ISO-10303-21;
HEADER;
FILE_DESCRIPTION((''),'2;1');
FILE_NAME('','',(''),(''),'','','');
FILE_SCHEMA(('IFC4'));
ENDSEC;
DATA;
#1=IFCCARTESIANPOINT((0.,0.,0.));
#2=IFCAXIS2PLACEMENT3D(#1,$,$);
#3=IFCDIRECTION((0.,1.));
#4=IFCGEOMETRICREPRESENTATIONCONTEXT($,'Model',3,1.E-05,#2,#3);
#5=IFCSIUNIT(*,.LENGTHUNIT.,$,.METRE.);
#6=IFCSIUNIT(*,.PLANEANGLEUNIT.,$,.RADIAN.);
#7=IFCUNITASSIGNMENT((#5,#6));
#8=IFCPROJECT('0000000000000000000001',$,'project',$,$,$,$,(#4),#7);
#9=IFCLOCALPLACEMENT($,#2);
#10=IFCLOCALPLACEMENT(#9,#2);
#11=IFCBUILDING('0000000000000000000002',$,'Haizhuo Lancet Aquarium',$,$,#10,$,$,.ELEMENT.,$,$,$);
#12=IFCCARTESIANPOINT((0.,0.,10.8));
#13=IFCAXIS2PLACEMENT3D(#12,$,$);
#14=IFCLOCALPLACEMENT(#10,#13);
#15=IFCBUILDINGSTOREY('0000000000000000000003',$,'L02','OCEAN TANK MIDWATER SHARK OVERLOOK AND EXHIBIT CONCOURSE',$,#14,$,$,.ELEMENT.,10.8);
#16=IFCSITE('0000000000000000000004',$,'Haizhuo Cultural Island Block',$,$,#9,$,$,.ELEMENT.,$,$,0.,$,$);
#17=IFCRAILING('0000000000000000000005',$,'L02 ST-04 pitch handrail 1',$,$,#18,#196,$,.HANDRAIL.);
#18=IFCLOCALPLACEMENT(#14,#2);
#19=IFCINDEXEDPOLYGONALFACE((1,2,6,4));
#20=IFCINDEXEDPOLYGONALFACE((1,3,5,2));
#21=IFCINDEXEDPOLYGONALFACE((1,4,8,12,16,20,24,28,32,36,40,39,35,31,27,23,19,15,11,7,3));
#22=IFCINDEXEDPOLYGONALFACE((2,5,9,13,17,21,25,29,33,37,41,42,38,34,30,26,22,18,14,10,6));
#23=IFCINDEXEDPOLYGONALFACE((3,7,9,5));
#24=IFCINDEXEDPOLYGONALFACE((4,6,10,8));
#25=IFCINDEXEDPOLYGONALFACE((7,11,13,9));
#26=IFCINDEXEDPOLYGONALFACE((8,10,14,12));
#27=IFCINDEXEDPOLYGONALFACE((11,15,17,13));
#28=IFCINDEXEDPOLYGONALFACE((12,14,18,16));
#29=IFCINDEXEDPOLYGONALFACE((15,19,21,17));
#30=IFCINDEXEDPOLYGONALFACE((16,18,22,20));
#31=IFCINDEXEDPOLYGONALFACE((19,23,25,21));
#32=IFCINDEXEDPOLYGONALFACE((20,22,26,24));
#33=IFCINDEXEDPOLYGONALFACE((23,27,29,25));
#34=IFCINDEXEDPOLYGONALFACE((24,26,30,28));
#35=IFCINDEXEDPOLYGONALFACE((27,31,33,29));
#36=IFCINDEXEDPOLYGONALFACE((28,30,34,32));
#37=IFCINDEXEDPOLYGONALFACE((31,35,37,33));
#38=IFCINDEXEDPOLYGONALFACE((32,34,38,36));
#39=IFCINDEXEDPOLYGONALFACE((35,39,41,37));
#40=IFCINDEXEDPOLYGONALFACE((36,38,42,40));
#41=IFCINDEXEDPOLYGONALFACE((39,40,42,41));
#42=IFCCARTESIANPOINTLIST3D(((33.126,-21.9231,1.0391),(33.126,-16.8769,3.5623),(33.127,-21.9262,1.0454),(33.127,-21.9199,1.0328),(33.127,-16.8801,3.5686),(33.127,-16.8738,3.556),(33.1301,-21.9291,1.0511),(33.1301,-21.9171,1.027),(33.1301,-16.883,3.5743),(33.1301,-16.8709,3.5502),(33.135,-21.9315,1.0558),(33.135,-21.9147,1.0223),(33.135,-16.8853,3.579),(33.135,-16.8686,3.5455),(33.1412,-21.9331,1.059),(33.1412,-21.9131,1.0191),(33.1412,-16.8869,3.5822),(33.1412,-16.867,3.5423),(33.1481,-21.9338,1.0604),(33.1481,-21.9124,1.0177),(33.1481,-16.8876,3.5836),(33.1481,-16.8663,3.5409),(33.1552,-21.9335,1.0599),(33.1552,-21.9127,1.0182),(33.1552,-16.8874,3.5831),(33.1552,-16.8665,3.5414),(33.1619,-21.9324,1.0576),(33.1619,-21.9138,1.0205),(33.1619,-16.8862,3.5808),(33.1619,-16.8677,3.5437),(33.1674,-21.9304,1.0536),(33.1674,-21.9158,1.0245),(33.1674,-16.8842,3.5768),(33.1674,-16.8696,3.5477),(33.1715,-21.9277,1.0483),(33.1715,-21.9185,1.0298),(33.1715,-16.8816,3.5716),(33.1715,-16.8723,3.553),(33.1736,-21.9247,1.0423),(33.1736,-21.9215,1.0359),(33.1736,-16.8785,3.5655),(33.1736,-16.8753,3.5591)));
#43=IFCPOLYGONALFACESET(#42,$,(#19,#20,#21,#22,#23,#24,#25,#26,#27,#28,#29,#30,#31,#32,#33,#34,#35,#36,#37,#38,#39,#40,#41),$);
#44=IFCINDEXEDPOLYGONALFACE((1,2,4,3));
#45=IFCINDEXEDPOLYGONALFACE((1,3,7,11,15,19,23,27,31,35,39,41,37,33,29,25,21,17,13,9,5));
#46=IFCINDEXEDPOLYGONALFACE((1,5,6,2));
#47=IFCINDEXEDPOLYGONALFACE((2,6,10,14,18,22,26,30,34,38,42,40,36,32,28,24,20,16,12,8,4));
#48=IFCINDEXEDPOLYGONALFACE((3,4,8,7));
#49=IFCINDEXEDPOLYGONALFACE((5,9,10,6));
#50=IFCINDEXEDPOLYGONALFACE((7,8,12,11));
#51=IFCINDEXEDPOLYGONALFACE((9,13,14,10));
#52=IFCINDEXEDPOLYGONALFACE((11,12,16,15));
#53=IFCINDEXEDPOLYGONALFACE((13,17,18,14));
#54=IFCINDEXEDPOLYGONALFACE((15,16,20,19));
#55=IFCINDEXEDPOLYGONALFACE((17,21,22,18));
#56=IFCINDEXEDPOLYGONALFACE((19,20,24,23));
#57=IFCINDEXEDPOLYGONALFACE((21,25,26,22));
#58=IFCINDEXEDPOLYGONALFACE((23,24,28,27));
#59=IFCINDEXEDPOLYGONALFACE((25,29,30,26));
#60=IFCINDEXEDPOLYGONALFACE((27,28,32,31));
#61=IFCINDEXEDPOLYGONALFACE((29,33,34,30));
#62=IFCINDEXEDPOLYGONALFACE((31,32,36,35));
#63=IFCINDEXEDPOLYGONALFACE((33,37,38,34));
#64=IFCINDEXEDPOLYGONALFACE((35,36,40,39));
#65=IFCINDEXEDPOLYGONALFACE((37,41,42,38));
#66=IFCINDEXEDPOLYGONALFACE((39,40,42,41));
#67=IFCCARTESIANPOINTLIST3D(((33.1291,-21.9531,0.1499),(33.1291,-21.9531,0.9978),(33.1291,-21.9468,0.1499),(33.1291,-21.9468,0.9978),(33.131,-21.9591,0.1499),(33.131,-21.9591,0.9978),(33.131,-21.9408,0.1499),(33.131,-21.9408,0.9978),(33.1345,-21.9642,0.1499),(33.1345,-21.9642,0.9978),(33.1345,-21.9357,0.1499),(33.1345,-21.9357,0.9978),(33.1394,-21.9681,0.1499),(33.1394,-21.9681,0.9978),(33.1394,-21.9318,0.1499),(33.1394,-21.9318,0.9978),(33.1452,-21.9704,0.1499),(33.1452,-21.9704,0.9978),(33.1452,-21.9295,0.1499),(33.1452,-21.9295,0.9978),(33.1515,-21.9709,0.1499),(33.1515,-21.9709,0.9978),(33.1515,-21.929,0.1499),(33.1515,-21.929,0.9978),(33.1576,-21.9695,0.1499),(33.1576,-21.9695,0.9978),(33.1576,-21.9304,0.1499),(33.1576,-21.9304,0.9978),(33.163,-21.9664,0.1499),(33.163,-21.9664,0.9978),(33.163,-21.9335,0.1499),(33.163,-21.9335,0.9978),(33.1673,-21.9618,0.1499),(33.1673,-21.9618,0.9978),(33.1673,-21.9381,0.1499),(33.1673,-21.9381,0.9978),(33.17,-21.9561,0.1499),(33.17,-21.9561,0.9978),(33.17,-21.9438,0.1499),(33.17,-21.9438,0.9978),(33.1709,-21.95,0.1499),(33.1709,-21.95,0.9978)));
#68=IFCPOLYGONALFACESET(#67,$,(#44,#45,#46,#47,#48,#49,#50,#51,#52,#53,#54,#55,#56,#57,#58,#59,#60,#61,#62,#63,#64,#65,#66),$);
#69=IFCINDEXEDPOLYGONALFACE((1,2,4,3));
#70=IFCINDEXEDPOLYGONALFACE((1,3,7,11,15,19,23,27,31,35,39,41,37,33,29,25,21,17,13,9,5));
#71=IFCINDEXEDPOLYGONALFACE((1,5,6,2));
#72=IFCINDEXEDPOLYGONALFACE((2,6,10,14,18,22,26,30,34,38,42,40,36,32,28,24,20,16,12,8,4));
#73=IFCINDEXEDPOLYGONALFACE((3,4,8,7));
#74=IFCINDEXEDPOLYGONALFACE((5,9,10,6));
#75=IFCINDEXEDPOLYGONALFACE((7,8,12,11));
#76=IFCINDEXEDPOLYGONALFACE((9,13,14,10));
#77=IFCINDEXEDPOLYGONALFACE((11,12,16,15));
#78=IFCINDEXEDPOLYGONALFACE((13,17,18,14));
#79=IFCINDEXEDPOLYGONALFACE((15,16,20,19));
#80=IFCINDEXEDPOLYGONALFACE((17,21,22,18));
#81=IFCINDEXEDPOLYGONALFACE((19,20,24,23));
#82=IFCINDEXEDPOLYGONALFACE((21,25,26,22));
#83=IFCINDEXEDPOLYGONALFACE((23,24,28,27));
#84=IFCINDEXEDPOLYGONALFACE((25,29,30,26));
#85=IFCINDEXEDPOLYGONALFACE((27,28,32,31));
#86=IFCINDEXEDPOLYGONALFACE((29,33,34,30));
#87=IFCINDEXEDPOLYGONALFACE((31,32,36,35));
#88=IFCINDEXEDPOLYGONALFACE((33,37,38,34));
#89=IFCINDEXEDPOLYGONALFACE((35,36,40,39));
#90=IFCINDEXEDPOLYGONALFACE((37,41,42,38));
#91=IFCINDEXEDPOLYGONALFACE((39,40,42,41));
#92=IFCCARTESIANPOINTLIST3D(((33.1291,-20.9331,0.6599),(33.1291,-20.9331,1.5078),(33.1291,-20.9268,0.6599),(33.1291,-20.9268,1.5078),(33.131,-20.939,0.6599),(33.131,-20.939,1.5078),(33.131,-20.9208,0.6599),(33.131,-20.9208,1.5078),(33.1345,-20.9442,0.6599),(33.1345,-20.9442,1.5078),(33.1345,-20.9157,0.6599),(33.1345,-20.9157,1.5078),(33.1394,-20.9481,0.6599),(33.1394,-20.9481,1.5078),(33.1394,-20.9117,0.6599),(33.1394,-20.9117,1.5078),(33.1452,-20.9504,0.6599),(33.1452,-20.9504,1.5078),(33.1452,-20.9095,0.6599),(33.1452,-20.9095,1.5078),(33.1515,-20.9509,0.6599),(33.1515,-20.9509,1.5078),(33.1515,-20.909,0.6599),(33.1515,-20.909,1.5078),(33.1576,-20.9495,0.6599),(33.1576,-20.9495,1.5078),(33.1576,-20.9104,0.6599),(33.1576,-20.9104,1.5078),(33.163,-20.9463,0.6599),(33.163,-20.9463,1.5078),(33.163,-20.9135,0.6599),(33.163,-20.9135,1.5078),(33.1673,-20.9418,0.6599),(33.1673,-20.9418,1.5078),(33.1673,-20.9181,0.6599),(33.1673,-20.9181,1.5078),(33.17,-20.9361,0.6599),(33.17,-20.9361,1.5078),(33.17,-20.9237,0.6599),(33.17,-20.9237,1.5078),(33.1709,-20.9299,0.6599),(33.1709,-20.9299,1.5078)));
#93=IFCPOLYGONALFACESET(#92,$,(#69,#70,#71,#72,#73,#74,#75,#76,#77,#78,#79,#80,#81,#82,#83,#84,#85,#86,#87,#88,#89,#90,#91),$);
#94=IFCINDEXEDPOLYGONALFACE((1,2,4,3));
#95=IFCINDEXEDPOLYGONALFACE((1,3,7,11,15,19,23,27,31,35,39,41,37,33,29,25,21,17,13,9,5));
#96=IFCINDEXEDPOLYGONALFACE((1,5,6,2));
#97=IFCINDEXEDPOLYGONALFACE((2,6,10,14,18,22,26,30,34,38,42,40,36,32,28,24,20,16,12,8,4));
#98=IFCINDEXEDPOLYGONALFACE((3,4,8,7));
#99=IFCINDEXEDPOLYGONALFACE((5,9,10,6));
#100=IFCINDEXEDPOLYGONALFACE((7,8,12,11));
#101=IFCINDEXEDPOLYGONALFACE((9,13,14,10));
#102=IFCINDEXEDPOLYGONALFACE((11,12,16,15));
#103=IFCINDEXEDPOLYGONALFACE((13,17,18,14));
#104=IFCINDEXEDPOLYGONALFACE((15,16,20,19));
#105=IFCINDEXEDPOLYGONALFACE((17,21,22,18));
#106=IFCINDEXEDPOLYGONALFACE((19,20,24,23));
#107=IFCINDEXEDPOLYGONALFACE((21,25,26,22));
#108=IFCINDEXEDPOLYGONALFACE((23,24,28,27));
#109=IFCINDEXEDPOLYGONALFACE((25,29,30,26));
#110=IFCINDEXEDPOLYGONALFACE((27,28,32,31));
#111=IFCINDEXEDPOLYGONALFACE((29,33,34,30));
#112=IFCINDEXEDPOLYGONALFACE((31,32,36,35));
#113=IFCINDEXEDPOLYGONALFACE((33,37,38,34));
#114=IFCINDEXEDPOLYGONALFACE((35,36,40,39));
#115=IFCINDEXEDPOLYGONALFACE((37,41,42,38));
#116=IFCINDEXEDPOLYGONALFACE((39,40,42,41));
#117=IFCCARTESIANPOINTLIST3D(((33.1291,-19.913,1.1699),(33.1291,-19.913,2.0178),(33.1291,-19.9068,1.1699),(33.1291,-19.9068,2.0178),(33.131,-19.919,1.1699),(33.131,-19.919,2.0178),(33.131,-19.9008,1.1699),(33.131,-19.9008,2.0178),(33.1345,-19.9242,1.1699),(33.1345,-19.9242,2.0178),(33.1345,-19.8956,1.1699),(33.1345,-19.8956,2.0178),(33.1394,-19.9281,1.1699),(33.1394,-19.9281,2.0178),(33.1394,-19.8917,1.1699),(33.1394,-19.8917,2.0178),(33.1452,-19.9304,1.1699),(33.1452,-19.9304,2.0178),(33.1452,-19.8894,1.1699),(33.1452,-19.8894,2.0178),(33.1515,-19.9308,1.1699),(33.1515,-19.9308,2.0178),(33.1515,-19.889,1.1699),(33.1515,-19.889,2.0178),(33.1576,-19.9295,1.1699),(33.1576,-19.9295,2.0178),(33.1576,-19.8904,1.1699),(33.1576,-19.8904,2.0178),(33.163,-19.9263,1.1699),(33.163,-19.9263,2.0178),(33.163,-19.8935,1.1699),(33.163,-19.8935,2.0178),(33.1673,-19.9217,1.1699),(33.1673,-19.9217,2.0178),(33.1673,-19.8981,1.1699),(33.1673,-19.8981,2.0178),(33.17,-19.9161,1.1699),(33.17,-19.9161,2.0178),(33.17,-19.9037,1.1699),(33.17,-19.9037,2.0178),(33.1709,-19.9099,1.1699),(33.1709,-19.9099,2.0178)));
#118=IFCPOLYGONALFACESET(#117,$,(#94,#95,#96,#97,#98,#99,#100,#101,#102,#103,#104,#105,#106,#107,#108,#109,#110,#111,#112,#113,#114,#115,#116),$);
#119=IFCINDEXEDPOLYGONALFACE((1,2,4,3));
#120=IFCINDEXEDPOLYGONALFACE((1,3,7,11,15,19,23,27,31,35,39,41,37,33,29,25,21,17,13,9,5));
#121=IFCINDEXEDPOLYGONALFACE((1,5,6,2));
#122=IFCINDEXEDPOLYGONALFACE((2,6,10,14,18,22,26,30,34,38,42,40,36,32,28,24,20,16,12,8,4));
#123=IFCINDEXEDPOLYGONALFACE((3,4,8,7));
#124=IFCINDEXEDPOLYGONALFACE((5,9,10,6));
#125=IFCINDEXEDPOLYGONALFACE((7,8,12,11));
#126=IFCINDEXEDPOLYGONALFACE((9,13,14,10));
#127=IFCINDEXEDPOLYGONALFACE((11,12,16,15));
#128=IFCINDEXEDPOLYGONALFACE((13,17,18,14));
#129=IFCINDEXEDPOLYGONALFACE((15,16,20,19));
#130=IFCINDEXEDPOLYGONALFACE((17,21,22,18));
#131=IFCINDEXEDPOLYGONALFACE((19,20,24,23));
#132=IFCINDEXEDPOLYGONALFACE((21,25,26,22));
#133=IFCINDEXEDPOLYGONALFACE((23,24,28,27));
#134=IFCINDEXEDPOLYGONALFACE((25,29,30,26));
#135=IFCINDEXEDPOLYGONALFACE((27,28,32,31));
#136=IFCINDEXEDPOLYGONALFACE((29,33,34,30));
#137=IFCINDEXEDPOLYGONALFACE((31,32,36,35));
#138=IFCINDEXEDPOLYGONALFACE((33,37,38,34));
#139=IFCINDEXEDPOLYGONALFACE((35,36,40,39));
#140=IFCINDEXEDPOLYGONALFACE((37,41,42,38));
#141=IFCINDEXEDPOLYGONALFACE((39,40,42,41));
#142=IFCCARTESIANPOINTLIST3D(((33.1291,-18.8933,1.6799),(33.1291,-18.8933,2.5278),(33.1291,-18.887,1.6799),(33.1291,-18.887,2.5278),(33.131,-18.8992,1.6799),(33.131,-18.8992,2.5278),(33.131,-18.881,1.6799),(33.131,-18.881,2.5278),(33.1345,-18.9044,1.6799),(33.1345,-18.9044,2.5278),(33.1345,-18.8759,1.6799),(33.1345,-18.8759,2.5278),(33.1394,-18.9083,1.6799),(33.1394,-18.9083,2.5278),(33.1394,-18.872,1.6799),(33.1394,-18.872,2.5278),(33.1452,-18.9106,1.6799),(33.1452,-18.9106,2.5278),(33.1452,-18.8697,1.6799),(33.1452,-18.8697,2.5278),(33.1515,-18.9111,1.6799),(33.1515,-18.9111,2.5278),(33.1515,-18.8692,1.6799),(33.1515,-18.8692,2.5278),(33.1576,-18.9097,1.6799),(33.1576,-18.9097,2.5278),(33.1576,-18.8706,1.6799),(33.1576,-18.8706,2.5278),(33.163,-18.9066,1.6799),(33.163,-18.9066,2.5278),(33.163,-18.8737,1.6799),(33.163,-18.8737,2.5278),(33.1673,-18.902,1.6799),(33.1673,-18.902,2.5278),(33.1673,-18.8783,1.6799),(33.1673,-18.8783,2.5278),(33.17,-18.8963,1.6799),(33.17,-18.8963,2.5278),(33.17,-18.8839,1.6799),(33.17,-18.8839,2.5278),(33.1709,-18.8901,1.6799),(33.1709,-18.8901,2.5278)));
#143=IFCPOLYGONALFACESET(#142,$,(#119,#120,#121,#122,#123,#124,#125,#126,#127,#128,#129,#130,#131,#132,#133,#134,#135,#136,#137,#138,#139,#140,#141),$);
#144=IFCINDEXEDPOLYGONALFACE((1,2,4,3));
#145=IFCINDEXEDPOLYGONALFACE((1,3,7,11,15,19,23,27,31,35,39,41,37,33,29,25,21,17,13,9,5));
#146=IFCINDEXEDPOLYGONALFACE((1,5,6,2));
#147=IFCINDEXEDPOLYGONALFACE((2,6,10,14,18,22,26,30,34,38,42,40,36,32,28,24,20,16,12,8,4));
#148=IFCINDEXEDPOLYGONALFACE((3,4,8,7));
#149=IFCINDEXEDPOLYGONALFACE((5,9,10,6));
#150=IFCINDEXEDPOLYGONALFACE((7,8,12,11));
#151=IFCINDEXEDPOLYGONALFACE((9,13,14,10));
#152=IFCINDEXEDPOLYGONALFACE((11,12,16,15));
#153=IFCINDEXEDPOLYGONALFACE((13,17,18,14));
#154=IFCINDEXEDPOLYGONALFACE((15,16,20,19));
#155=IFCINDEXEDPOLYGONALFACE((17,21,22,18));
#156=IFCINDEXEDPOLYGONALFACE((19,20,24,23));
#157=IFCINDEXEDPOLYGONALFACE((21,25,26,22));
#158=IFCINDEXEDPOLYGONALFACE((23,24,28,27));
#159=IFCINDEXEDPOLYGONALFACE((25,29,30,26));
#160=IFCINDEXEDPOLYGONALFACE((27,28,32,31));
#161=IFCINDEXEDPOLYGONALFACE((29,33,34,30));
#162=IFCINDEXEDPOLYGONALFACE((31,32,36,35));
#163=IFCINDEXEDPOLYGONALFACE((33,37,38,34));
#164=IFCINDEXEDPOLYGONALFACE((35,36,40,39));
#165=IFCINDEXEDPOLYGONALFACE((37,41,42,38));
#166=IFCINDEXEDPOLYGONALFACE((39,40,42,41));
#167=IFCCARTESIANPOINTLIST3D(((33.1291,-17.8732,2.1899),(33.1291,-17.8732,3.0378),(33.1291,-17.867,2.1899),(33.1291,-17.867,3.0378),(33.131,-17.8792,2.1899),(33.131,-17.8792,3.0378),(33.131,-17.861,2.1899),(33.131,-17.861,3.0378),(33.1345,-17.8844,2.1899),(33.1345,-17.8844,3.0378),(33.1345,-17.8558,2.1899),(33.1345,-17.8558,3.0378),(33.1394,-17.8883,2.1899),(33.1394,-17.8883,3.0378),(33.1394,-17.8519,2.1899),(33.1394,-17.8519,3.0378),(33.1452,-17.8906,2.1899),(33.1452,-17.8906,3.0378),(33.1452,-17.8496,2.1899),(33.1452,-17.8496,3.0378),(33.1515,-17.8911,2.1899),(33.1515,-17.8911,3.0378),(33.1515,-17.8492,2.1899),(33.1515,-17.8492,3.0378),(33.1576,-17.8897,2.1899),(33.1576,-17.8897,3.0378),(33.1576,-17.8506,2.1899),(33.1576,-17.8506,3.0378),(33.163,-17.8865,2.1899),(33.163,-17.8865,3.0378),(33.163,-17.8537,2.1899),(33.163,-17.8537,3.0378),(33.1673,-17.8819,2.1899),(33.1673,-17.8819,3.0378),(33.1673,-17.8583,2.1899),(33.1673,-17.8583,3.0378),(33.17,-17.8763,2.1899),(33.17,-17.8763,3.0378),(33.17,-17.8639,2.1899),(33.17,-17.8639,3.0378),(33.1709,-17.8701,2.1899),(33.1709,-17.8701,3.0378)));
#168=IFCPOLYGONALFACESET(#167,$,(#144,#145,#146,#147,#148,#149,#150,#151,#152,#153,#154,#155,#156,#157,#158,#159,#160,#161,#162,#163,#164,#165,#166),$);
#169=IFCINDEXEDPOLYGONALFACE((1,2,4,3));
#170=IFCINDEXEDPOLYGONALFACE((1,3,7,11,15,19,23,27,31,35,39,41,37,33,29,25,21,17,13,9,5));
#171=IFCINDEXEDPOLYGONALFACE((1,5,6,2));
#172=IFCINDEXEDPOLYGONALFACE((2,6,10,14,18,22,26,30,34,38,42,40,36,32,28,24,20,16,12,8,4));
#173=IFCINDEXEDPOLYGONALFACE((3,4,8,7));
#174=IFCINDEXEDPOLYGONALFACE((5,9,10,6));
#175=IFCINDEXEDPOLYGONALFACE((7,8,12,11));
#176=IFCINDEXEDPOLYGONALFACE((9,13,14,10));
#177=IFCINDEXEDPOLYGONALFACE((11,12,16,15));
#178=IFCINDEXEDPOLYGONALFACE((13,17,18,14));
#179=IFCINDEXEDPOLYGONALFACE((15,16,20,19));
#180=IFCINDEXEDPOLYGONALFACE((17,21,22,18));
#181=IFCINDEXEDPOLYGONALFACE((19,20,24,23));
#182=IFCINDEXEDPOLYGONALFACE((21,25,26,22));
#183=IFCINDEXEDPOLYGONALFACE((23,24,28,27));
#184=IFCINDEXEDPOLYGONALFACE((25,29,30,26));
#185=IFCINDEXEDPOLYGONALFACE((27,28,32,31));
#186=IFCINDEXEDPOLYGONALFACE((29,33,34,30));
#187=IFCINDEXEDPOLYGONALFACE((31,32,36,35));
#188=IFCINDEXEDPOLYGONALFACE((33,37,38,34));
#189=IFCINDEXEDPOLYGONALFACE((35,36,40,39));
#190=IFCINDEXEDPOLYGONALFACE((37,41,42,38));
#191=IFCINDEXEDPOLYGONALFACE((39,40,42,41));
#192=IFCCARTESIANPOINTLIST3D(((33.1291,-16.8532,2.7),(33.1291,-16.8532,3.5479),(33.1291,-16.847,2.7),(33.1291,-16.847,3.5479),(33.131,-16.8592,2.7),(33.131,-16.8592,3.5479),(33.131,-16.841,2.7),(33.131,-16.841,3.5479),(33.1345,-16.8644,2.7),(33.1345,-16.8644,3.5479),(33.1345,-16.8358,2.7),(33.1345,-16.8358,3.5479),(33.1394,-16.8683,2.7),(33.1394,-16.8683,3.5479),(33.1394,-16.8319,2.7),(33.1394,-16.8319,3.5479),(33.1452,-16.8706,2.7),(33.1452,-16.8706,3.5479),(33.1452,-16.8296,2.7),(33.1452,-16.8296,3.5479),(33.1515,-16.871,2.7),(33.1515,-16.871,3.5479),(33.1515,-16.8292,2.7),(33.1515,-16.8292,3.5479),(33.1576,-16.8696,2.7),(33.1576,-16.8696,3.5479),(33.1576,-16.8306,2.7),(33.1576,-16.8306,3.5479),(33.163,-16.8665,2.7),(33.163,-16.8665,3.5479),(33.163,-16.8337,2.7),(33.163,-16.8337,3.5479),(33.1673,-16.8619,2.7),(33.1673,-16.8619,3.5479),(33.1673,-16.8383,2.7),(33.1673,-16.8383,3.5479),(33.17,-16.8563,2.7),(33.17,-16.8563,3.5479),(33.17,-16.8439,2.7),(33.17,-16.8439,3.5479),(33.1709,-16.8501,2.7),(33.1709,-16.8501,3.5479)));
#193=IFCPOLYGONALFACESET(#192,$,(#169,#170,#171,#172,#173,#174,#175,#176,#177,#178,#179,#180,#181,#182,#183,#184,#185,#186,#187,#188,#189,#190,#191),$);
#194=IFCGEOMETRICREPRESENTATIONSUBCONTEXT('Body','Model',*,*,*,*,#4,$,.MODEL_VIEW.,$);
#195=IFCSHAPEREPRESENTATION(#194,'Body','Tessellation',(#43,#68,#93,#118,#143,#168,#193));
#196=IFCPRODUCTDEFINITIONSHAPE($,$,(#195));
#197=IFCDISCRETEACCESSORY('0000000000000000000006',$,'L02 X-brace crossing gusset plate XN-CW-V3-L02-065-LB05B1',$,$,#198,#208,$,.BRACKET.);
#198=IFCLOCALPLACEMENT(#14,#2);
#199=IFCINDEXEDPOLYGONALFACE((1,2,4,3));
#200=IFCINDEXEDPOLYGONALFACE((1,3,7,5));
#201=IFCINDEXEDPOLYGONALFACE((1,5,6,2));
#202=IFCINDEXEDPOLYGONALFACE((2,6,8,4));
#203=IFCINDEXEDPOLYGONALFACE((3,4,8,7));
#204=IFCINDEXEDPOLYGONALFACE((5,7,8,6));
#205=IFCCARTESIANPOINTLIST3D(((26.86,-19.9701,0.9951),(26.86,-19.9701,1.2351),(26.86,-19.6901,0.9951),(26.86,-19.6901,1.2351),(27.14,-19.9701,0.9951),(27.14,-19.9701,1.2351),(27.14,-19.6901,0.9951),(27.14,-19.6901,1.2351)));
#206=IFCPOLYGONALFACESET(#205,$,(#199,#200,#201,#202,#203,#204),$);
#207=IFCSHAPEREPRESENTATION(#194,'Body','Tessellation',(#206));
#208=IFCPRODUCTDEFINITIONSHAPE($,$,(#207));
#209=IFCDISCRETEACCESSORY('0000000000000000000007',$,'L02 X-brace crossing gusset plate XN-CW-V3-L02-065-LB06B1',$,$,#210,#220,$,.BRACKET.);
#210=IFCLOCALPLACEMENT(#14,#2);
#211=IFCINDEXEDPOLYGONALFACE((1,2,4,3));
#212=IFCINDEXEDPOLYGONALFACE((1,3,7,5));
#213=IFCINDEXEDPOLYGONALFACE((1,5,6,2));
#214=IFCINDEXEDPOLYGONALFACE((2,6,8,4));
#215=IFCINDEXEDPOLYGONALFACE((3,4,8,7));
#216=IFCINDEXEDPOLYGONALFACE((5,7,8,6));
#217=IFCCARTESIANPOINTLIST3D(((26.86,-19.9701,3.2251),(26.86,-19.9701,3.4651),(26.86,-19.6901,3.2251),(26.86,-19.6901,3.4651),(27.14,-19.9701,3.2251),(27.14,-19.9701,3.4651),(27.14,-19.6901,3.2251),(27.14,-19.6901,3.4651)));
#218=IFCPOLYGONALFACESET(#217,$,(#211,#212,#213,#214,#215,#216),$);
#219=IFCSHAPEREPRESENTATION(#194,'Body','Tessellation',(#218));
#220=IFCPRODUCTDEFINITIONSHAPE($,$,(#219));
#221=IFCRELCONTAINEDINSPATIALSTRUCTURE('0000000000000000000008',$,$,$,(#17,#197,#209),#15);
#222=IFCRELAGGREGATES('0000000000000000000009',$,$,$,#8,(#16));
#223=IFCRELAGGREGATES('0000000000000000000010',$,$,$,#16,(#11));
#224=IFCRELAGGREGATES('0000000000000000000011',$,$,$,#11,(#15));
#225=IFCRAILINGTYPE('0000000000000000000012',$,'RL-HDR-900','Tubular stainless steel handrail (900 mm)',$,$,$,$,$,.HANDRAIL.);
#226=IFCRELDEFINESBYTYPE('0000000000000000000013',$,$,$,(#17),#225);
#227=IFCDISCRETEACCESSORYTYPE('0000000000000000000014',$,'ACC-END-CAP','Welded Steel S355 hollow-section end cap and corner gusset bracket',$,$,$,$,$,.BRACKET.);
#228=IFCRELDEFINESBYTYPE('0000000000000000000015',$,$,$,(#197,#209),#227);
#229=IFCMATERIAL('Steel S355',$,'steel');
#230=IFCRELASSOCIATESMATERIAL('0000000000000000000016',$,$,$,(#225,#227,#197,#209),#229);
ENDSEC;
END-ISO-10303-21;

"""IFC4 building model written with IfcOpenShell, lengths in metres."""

from ifc_helpers import new_model, si_unit, direction, frame, origin, origin_2d, place, context, subcontext, project, spatial, rectangle, circle, extrude, material, type_object, element, save


model = new_model("IFC4")

# Units and contexts
model_context = context("Model", 3, precision=1e-05, world=origin(), true_north=direction((0.0, 1.0)))
body_context = subcontext(model_context, "Body", "Model", "MODEL_VIEW")
ifc_project = project(units=[si_unit("LENGTHUNIT", "METRE"), si_unit("PLANEANGLEUNIT", "RADIAN")], contexts=[model_context])

# Site, building, storey
site_placement = place(None, origin())
site = spatial("IfcSite", under=ifc_project, at=site_placement, Name="Haizhuo Cultural Island Block", CompositionType="ELEMENT", RefElevation=0.0)
building_placement = place(site_placement, origin())
building = spatial("IfcBuilding", under=site, at=building_placement, Name="Haizhuo Lancet Aquarium", CompositionType="ELEMENT")
storey_placement = place(building_placement, frame((0.0, 0.0, 10.8)))
storey = spatial("IfcBuildingStorey", under=building, at=storey_placement, Name="L02", Description="OCEAN TANK MIDWATER SHARK OVERLOOK AND EXHIBIT CONCOURSE", CompositionType="ELEMENT", Elevation=10.8)

# Shared definitions
ifc_material_1 = material(Name="Steel S355", Category="steel")

# Railing
railing_type_1 = type_object("IfcRailingType", Name="RL-HDR-900", Description="Tubular stainless steel handrail (900 mm)", PredefinedType="HANDRAIL", material=ifc_material_1)
railing_1_placement = place(storey_placement, frame((33.1499, -21.95, 0.1499)))
element("IfcRailing", 1, at=railing_1_placement, inside=storey, type_object=railing_type_1, Name="L02 ST-04 pitch handrail 1", PredefinedType="HANDRAIL", context=body_context, shape_type="SweptSolid", body=[
    extrude(circle(Radius=0.0239, at=origin_2d()), frame((0.0, 0.0269, 0.8892), z_axis=(0.0, 0.894419, 0.447231), x_axis=(-1.0, 0.0, 0.0)), (0.0, 0.0, 1.0), 5.6418),
    extrude(circle(Radius=0.021, at=origin_2d()), origin(), (0.0, 0.0, 1.0), 0.8479),
    extrude(circle(Radius=0.021, at=origin_2d()), frame((0.0, 1.02, 0.51)), (0.0, 0.0, 1.0), 0.8479),
    extrude(circle(Radius=0.021, at=origin_2d()), frame((0.0, 2.04, 1.02)), (0.0, 0.0, 1.0), 0.8479),
    extrude(circle(Radius=0.021, at=origin_2d()), frame((0.0, 3.0598, 1.53)), (0.0, 0.0, 1.0), 0.8479),
    extrude(circle(Radius=0.021, at=origin_2d()), frame((0.0, 4.0798, 2.04)), (0.0, 0.0, 1.0), 0.8479),
    extrude(circle(Radius=0.021, at=origin_2d()), frame((0.0, 5.0999, 2.55)), (0.0, 0.0, 1.0), 0.8479),
])

# Discrete accessories
discrete_accessory_type = type_object("IfcDiscreteAccessoryType", Name="ACC-END-CAP", Description="Welded Steel S355 hollow-section end cap and corner gusset bracket", PredefinedType="BRACKET", material=ifc_material_1)
for number, where, z_axis, x_axis, name in (
    (2, (27.0, -19.8301, 0.9951), (0.0, 0.0, 1.0), (1.0, 0.0, 0.0), "L02 X-brace crossing gusset plate XN-CW-V3-L02-065-LB05B1"),
    (3, (27.0, -19.8301, 3.2251), (0.0, 0.0, 1.0), (1.0, 0.0, 0.0), "L02 X-brace crossing gusset plate XN-CW-V3-L02-065-LB06B1"),
):
    element("IfcDiscreteAccessory", number, at=place(storey_placement, frame(where, z_axis=z_axis, x_axis=x_axis)), inside=storey, type_object=discrete_accessory_type, material=ifc_material_1, Name=name, PredefinedType="BRACKET", context=body_context, shape_type="SweptSolid", body=[
        extrude(rectangle(XDim=0.28, YDim=0.28, at=origin_2d()), origin(), (0.0, 0.0, 1.0), 0.24),
    ])

save(model, "model.ifc")
